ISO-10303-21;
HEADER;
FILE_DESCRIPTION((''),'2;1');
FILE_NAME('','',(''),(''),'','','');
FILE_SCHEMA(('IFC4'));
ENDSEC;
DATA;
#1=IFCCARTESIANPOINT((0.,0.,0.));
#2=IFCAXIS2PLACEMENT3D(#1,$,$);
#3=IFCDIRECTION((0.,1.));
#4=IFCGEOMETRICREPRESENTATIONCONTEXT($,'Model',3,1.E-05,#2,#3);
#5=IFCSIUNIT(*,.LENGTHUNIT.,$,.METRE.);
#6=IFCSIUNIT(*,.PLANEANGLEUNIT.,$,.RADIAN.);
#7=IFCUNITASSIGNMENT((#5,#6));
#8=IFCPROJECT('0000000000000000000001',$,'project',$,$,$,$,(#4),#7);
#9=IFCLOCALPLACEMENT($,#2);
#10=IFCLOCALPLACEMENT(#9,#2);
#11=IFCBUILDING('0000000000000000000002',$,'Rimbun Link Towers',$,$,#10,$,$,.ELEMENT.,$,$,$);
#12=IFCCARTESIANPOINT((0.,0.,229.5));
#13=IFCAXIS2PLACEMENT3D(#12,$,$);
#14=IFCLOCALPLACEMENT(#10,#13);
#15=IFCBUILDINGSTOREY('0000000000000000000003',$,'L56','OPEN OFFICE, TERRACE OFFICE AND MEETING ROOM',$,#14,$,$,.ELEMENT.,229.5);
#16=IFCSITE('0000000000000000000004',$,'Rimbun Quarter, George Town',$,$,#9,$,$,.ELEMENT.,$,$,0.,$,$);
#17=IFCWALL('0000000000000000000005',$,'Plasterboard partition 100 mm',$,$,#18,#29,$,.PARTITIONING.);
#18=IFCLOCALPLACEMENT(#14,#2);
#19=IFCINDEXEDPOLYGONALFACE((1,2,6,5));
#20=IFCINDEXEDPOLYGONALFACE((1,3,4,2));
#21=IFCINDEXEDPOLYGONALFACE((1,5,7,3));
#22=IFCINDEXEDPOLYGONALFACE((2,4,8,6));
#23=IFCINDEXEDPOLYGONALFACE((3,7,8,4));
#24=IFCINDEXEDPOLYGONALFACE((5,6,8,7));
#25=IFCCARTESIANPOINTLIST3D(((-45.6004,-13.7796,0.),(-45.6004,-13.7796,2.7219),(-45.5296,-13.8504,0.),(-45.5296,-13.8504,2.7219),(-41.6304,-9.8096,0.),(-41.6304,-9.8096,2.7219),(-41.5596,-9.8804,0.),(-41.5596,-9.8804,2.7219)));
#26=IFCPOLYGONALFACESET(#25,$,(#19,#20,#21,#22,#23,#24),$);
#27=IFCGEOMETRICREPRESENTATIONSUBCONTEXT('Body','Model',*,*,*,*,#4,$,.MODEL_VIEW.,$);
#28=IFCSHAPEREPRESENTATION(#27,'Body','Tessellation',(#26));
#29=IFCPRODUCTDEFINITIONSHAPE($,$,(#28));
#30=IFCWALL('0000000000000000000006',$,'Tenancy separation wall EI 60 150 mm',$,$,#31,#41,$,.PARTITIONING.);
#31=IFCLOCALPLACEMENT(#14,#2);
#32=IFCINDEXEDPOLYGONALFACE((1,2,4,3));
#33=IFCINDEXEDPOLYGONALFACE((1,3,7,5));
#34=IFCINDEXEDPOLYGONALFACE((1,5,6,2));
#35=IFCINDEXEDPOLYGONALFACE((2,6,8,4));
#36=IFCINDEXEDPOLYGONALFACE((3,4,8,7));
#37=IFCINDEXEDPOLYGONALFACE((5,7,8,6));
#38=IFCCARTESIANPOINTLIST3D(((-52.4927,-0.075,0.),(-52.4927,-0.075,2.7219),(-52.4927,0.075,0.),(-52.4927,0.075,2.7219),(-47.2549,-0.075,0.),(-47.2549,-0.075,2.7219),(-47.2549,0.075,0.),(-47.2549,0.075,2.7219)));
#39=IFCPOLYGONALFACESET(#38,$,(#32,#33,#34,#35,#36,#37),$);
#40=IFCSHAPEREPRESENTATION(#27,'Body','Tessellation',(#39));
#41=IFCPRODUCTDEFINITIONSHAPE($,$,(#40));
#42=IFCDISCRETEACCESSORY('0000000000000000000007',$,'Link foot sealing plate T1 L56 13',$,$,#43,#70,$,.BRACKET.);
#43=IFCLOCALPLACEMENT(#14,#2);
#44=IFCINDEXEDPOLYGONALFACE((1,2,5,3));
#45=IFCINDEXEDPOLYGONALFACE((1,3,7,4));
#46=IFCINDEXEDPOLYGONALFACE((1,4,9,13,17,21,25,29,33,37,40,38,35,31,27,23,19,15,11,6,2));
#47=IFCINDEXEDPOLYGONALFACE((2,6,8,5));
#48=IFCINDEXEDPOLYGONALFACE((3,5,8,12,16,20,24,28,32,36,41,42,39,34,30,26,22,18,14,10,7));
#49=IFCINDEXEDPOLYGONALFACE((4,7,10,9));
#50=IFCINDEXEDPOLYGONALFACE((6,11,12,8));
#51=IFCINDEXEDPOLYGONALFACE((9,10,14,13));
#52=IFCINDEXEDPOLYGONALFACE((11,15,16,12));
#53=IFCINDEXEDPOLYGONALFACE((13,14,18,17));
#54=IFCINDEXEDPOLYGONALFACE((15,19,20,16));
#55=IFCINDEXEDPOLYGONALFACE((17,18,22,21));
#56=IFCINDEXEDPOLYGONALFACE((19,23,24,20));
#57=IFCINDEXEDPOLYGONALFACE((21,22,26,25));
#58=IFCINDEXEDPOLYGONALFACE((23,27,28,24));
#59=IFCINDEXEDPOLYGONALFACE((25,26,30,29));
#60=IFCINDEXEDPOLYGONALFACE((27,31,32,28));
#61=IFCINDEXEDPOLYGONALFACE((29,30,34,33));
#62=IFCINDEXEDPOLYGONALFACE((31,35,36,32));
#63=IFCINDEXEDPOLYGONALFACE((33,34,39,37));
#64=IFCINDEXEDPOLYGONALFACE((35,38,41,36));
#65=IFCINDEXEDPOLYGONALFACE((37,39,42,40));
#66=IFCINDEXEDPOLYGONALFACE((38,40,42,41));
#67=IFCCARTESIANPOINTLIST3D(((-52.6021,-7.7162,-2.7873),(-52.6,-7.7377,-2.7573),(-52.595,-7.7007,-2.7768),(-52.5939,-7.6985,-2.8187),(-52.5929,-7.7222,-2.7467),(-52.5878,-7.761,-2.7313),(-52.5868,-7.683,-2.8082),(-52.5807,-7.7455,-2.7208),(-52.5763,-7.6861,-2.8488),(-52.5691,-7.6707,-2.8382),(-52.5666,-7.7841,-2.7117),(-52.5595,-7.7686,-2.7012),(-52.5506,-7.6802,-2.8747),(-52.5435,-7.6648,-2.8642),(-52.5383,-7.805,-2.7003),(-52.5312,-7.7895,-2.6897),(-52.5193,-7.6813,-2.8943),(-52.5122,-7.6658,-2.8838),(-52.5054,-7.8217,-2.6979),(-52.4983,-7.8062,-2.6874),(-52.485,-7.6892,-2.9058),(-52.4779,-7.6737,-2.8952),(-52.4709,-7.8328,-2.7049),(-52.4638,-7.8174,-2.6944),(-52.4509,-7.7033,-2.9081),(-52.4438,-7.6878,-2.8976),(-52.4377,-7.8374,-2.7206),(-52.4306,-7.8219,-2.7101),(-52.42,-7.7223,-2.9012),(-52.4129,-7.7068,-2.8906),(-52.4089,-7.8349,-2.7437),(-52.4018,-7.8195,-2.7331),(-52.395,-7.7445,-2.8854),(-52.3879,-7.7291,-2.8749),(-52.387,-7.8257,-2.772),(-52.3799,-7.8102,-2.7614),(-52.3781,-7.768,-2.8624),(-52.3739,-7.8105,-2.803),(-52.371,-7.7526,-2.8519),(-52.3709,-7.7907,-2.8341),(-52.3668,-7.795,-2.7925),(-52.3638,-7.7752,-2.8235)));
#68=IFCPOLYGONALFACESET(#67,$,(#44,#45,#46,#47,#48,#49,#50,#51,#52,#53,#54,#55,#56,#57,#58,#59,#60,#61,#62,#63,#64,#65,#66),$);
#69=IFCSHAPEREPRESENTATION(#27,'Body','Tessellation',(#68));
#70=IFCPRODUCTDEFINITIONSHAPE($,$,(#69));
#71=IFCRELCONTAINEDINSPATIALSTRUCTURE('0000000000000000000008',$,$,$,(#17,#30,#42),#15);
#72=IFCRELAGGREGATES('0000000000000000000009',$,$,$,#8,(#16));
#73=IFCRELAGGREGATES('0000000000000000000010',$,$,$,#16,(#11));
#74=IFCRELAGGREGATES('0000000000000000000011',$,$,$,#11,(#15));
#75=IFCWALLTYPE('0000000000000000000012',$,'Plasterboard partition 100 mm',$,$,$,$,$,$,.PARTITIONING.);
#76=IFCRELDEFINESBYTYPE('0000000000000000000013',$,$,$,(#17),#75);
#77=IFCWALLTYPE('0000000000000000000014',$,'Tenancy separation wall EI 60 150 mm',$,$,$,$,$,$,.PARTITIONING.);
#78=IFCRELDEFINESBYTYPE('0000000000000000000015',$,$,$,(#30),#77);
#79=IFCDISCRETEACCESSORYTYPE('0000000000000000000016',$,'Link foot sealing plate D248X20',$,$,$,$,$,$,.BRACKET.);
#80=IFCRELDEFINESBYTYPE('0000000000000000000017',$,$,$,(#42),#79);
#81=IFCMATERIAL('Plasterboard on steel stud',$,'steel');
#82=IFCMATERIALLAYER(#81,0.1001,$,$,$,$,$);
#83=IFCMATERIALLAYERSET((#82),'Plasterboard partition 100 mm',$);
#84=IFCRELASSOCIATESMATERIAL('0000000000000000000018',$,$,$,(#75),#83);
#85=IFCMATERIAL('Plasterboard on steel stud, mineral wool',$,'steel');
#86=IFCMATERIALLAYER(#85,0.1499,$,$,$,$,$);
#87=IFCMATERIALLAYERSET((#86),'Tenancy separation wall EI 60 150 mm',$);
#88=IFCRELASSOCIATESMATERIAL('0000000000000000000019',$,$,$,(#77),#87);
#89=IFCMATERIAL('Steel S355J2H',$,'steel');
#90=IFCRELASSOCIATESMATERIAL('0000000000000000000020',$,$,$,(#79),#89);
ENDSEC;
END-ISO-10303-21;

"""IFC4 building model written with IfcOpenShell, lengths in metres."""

from ifc_helpers import new_model, si_unit, direction, frame, frame_2d, origin, origin_2d, place, context, subcontext, project, spatial, rectangle, circle, extrude, material, layer, layer_set, material_profile, profile_set, type_object, element, save


model = new_model("IFC4")

# Units and contexts
model_context = context("Model", 3, precision=1e-05, world=origin(), true_north=direction((0.0, 1.0)))
body_context = subcontext(model_context, "Body", "Model", "MODEL_VIEW")
ifc_project = project(units=[si_unit("LENGTHUNIT", "METRE"), si_unit("PLANEANGLEUNIT", "RADIAN")], contexts=[model_context])

# Site, building, storey
site_placement = place(None, origin())
site = spatial("IfcSite", under=ifc_project, at=site_placement, Name="Rimbun Quarter, George Town", CompositionType="ELEMENT", RefElevation=0.0)
building_placement = place(site_placement, origin())
building = spatial("IfcBuilding", under=site, at=building_placement, Name="Rimbun Link Towers", CompositionType="ELEMENT")
storey_placement = place(building_placement, frame((0.0, 0.0, 229.5)))
storey = spatial("IfcBuildingStorey", under=building, at=storey_placement, Name="L56", Description="OPEN OFFICE, TERRACE OFFICE AND MEETING ROOM", CompositionType="ELEMENT", Elevation=229.5)

# Walls
ifc_material_1 = material(Name="Plasterboard on steel stud", Category="steel")
ifc_layer_1 = layer(ifc_material_1, 0.1001)
ifc_layer_set_1 = layer_set([ifc_layer_1], Name="Plasterboard partition 100 mm")
wall_type_1 = type_object("IfcWallType", Name="Plasterboard partition 100 mm", PredefinedType="PARTITIONING", material=ifc_layer_set_1)
wall_1_placement = place(storey_placement, frame((-45.5649, -13.8149, 0.0), z_axis=(0.0, 0.0, 1.0), x_axis=(0.707107, 0.707107, 0.0)))
element("IfcWall", 1, at=wall_1_placement, inside=storey, type_object=wall_type_1, Name="Plasterboard partition 100 mm", PredefinedType="PARTITIONING", context=body_context, shape_type="SweptSolid", body=[
    extrude(rectangle(XDim=5.6145, YDim=0.1001, at=frame_2d((2.8071, 0.0))), origin(), (0.0, 0.0, 1.0), 2.7219),
])
ifc_material_2 = material(Name="Plasterboard on steel stud, mineral wool", Category="steel")
ifc_layer_2 = layer(ifc_material_2, 0.1499)
ifc_layer_set_2 = layer_set([ifc_layer_2], Name="Tenancy separation wall EI 60 150 mm")
wall_type_2 = type_object("IfcWallType", Name="Tenancy separation wall EI 60 150 mm", PredefinedType="PARTITIONING", material=ifc_layer_set_2)
wall_2_placement = place(storey_placement, frame((-47.2549, 0.0, 0.0), z_axis=(0.0, 0.0, 1.0), x_axis=(-1.0, 0.0, 0.0)))
element("IfcWall", 2, at=wall_2_placement, inside=storey, type_object=wall_type_2, Name="Tenancy separation wall EI 60 150 mm", PredefinedType="PARTITIONING", context=body_context, shape_type="SweptSolid", body=[
    extrude(rectangle(XDim=5.2378, YDim=0.1499, at=frame_2d((2.6189, 0.0))), origin(), (0.0, 0.0, 1.0), 2.7219),
])

# Discrete accessory
ifc_material_3 = material(Name="Steel S355J2H", Category="steel")
ifc_material_profile_1 = material_profile(ifc_material_3, circle(Radius=0.124, at=origin_2d()), Name="PL D248")
ifc_profile_set_1 = profile_set([ifc_material_profile_1], Name="Steel S355J2H")
discrete_accessory_type = type_object("IfcDiscreteAccessoryType", Name="Link foot sealing plate D248X20", PredefinedType="BRACKET", material=ifc_profile_set_1)
discrete_accessory_placement = place(storey_placement, frame((-52.4795, -7.7432, -2.7925), z_axis=(-0.35538, -0.772033, -0.526943), x_axis=(0.908381, -0.418144, 0.0)))
element("IfcDiscreteAccessory", 3, at=discrete_accessory_placement, inside=storey, type_object=discrete_accessory_type, Name="Link foot sealing plate T1 L56 13", PredefinedType="BRACKET", context=body_context, shape_type="SweptSolid", body=[
    extrude(circle(Radius=0.124, at=origin_2d()), origin(), (0.0, 0.0, 1.0), 0.02),
])

save(model, "model.ifc")
